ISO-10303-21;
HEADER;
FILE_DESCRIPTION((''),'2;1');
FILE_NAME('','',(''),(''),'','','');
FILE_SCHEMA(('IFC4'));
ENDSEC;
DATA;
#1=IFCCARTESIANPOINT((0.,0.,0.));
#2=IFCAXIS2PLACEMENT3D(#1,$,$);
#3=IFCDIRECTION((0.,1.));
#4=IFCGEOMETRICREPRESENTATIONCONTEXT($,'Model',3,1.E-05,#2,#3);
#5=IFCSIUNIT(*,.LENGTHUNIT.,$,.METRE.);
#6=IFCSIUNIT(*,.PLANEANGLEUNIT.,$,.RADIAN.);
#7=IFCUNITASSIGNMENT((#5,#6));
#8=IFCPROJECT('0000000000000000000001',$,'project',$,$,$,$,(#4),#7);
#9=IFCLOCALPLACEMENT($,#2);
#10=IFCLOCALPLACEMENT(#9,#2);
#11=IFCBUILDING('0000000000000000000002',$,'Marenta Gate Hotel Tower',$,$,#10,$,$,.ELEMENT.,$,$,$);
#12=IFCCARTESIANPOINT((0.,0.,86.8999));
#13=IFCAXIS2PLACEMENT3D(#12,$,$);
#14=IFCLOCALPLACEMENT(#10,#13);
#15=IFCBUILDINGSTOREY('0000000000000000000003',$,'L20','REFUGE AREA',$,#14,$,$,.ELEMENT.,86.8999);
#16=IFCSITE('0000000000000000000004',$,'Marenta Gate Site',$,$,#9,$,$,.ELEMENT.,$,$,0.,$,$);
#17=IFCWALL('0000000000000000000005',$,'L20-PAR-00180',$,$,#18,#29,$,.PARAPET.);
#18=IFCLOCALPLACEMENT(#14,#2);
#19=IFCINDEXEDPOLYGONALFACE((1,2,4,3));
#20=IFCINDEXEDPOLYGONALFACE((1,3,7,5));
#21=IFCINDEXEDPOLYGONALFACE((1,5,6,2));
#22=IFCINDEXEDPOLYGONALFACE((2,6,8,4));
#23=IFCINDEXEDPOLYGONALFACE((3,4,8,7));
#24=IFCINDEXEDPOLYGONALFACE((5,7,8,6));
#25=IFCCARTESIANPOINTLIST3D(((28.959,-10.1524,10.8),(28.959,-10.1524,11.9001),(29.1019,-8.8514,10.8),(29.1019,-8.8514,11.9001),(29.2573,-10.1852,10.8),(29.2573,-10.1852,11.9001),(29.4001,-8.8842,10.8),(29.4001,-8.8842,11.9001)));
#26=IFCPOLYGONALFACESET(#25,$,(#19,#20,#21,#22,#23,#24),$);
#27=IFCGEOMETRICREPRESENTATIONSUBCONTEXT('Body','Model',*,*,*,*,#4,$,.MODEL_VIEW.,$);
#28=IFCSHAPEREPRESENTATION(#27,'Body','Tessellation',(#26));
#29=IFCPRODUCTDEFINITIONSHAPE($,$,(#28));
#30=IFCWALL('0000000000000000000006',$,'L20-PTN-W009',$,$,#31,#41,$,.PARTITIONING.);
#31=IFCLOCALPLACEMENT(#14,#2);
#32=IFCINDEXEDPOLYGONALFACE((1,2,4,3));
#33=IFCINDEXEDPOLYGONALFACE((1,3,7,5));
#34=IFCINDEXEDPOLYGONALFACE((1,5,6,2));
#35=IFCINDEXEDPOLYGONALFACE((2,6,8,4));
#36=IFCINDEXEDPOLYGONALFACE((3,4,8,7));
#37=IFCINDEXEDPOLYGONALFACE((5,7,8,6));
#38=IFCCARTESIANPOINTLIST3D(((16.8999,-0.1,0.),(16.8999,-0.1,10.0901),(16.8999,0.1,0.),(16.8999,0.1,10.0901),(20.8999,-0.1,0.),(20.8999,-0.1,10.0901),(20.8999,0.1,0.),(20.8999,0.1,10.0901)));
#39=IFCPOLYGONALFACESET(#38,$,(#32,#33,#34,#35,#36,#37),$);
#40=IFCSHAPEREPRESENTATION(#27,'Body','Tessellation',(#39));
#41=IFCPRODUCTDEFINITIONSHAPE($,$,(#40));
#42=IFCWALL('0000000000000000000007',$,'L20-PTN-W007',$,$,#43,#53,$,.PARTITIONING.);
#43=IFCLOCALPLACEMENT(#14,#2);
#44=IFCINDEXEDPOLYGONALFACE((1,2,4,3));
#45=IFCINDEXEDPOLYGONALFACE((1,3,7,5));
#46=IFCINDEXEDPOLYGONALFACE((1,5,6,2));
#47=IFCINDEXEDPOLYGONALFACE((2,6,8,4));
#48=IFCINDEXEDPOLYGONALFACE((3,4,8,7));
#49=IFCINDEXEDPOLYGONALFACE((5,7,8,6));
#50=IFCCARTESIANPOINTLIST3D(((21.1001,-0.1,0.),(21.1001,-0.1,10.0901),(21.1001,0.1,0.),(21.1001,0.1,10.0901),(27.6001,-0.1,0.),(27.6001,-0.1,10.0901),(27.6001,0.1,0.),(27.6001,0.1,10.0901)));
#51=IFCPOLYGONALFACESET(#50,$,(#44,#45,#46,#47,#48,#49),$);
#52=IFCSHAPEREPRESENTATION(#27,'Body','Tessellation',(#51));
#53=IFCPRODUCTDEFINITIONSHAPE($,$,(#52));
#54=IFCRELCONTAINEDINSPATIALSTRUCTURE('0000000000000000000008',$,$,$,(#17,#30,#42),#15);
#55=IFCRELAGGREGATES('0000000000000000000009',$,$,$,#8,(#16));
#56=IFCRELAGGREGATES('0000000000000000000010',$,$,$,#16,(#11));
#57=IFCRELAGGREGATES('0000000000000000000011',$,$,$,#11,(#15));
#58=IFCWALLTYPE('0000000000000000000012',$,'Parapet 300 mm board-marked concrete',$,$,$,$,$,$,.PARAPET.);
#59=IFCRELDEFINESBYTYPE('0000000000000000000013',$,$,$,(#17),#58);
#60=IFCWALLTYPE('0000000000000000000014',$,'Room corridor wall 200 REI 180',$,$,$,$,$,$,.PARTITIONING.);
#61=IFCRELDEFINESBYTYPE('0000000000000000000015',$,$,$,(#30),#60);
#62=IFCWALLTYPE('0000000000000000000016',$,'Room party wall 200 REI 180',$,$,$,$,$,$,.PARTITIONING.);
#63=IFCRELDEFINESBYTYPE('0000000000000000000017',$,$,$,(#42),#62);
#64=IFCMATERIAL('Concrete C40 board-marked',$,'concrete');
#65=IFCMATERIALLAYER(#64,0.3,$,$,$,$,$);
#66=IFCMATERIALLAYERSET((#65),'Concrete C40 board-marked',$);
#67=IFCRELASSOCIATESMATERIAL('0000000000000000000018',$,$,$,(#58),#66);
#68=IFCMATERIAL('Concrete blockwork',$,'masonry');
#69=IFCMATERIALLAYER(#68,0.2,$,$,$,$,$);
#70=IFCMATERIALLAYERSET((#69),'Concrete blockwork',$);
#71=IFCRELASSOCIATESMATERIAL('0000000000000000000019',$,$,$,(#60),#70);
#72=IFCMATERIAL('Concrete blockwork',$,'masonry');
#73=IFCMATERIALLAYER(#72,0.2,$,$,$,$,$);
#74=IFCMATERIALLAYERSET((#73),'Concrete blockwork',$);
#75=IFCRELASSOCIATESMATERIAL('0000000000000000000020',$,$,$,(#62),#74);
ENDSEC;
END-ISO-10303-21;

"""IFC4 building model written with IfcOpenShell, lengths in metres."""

from ifc_helpers import new_model, si_unit, direction, frame, frame_2d, origin, place, context, subcontext, project, spatial, rectangle, extrude, material, layer, layer_set, type_object, element, save


model = new_model("IFC4")

# Units and contexts
model_context = context("Model", 3, precision=1e-05, world=origin(), true_north=direction((0.0, 1.0)))
body_context = subcontext(model_context, "Body", "Model", "MODEL_VIEW")
ifc_project = project(units=[si_unit("LENGTHUNIT", "METRE"), si_unit("PLANEANGLEUNIT", "RADIAN")], contexts=[model_context])

# Site, building, storey
site_placement = place(None, origin())
site = spatial("IfcSite", under=ifc_project, at=site_placement, Name="Marenta Gate Site", CompositionType="ELEMENT", RefElevation=0.0)
building_placement = place(site_placement, origin())
building = spatial("IfcBuilding", under=site, at=building_placement, Name="Marenta Gate Hotel Tower", CompositionType="ELEMENT")
storey_placement = place(building_placement, frame((0.0, 0.0, 86.8999)))
storey = spatial("IfcBuildingStorey", under=building, at=storey_placement, Name="L20", Description="REFUGE AREA", CompositionType="ELEMENT", Elevation=86.8999)

# Wall
ifc_material_1 = material(Name="Concrete C40 board-marked", Category="concrete")
ifc_layer_1 = layer(ifc_material_1, 0.3)
ifc_layer_set_1 = layer_set([ifc_layer_1], Name="Concrete C40 board-marked")
wall_type_1 = type_object("IfcWallType", Name="Parapet 300 mm board-marked concrete", PredefinedType="PARAPET", material=ifc_layer_set_1)
wall_1_placement = place(storey_placement, frame((29.251, -8.8679, 10.8), z_axis=(0.0, 0.0, 1.0), x_axis=(-0.109121, -0.994028, 0.0)))
element("IfcWall", 1, at=wall_1_placement, inside=storey, type_object=wall_type_1, Name="L20-PAR-00180", PredefinedType="PARAPET", context=body_context, shape_type="SweptSolid", body=[
    extrude(rectangle(XDim=1.3088, YDim=0.3, at=frame_2d((0.6543, 0.0))), origin(), (0.0, 0.0, 1.0), 1.1001),
])

# Walls
ifc_material_2 = material(Name="Concrete blockwork", Category="masonry")
ifc_layer_2 = layer(ifc_material_2, 0.2)
ifc_layer_set_2 = layer_set([ifc_layer_2], Name="Concrete blockwork")
wall_type_2 = type_object("IfcWallType", Name="Room corridor wall 200 REI 180", PredefinedType="PARTITIONING", material=ifc_layer_set_2)
wall_2_placement = place(storey_placement, frame((16.8999, 0.0, 0.0), z_axis=(0.0, 0.0, 1.0), x_axis=(1.0, 0.0, 0.0)))
element("IfcWall", 2, at=wall_2_placement, inside=storey, type_object=wall_type_2, Name="L20-PTN-W009", PredefinedType="PARTITIONING", context=body_context, shape_type="SweptSolid", body=[
    extrude(rectangle(XDim=4.0, YDim=0.2, at=frame_2d((2.0, 0.0))), origin(), (0.0, 0.0, 1.0), 10.0901),
])
ifc_material_3 = material(Name="Concrete blockwork", Category="masonry")
ifc_layer_3 = layer(ifc_material_3, 0.2)
ifc_layer_set_3 = layer_set([ifc_layer_3], Name="Concrete blockwork")
wall_type_3 = type_object("IfcWallType", Name="Room party wall 200 REI 180", PredefinedType="PARTITIONING", material=ifc_layer_set_3)
wall_3_placement = place(storey_placement, frame((21.1001, 0.0, 0.0), z_axis=(0.0, 0.0, 1.0), x_axis=(1.0, 0.0, 0.0)))
element("IfcWall", 3, at=wall_3_placement, inside=storey, type_object=wall_type_3, Name="L20-PTN-W007", PredefinedType="PARTITIONING", context=body_context, shape_type="SweptSolid", body=[
    extrude(rectangle(XDim=6.5, YDim=0.2, at=frame_2d((3.25, 0.0))), origin(), (0.0, 0.0, 1.0), 10.0901),
])

save(model, "model.ifc")
